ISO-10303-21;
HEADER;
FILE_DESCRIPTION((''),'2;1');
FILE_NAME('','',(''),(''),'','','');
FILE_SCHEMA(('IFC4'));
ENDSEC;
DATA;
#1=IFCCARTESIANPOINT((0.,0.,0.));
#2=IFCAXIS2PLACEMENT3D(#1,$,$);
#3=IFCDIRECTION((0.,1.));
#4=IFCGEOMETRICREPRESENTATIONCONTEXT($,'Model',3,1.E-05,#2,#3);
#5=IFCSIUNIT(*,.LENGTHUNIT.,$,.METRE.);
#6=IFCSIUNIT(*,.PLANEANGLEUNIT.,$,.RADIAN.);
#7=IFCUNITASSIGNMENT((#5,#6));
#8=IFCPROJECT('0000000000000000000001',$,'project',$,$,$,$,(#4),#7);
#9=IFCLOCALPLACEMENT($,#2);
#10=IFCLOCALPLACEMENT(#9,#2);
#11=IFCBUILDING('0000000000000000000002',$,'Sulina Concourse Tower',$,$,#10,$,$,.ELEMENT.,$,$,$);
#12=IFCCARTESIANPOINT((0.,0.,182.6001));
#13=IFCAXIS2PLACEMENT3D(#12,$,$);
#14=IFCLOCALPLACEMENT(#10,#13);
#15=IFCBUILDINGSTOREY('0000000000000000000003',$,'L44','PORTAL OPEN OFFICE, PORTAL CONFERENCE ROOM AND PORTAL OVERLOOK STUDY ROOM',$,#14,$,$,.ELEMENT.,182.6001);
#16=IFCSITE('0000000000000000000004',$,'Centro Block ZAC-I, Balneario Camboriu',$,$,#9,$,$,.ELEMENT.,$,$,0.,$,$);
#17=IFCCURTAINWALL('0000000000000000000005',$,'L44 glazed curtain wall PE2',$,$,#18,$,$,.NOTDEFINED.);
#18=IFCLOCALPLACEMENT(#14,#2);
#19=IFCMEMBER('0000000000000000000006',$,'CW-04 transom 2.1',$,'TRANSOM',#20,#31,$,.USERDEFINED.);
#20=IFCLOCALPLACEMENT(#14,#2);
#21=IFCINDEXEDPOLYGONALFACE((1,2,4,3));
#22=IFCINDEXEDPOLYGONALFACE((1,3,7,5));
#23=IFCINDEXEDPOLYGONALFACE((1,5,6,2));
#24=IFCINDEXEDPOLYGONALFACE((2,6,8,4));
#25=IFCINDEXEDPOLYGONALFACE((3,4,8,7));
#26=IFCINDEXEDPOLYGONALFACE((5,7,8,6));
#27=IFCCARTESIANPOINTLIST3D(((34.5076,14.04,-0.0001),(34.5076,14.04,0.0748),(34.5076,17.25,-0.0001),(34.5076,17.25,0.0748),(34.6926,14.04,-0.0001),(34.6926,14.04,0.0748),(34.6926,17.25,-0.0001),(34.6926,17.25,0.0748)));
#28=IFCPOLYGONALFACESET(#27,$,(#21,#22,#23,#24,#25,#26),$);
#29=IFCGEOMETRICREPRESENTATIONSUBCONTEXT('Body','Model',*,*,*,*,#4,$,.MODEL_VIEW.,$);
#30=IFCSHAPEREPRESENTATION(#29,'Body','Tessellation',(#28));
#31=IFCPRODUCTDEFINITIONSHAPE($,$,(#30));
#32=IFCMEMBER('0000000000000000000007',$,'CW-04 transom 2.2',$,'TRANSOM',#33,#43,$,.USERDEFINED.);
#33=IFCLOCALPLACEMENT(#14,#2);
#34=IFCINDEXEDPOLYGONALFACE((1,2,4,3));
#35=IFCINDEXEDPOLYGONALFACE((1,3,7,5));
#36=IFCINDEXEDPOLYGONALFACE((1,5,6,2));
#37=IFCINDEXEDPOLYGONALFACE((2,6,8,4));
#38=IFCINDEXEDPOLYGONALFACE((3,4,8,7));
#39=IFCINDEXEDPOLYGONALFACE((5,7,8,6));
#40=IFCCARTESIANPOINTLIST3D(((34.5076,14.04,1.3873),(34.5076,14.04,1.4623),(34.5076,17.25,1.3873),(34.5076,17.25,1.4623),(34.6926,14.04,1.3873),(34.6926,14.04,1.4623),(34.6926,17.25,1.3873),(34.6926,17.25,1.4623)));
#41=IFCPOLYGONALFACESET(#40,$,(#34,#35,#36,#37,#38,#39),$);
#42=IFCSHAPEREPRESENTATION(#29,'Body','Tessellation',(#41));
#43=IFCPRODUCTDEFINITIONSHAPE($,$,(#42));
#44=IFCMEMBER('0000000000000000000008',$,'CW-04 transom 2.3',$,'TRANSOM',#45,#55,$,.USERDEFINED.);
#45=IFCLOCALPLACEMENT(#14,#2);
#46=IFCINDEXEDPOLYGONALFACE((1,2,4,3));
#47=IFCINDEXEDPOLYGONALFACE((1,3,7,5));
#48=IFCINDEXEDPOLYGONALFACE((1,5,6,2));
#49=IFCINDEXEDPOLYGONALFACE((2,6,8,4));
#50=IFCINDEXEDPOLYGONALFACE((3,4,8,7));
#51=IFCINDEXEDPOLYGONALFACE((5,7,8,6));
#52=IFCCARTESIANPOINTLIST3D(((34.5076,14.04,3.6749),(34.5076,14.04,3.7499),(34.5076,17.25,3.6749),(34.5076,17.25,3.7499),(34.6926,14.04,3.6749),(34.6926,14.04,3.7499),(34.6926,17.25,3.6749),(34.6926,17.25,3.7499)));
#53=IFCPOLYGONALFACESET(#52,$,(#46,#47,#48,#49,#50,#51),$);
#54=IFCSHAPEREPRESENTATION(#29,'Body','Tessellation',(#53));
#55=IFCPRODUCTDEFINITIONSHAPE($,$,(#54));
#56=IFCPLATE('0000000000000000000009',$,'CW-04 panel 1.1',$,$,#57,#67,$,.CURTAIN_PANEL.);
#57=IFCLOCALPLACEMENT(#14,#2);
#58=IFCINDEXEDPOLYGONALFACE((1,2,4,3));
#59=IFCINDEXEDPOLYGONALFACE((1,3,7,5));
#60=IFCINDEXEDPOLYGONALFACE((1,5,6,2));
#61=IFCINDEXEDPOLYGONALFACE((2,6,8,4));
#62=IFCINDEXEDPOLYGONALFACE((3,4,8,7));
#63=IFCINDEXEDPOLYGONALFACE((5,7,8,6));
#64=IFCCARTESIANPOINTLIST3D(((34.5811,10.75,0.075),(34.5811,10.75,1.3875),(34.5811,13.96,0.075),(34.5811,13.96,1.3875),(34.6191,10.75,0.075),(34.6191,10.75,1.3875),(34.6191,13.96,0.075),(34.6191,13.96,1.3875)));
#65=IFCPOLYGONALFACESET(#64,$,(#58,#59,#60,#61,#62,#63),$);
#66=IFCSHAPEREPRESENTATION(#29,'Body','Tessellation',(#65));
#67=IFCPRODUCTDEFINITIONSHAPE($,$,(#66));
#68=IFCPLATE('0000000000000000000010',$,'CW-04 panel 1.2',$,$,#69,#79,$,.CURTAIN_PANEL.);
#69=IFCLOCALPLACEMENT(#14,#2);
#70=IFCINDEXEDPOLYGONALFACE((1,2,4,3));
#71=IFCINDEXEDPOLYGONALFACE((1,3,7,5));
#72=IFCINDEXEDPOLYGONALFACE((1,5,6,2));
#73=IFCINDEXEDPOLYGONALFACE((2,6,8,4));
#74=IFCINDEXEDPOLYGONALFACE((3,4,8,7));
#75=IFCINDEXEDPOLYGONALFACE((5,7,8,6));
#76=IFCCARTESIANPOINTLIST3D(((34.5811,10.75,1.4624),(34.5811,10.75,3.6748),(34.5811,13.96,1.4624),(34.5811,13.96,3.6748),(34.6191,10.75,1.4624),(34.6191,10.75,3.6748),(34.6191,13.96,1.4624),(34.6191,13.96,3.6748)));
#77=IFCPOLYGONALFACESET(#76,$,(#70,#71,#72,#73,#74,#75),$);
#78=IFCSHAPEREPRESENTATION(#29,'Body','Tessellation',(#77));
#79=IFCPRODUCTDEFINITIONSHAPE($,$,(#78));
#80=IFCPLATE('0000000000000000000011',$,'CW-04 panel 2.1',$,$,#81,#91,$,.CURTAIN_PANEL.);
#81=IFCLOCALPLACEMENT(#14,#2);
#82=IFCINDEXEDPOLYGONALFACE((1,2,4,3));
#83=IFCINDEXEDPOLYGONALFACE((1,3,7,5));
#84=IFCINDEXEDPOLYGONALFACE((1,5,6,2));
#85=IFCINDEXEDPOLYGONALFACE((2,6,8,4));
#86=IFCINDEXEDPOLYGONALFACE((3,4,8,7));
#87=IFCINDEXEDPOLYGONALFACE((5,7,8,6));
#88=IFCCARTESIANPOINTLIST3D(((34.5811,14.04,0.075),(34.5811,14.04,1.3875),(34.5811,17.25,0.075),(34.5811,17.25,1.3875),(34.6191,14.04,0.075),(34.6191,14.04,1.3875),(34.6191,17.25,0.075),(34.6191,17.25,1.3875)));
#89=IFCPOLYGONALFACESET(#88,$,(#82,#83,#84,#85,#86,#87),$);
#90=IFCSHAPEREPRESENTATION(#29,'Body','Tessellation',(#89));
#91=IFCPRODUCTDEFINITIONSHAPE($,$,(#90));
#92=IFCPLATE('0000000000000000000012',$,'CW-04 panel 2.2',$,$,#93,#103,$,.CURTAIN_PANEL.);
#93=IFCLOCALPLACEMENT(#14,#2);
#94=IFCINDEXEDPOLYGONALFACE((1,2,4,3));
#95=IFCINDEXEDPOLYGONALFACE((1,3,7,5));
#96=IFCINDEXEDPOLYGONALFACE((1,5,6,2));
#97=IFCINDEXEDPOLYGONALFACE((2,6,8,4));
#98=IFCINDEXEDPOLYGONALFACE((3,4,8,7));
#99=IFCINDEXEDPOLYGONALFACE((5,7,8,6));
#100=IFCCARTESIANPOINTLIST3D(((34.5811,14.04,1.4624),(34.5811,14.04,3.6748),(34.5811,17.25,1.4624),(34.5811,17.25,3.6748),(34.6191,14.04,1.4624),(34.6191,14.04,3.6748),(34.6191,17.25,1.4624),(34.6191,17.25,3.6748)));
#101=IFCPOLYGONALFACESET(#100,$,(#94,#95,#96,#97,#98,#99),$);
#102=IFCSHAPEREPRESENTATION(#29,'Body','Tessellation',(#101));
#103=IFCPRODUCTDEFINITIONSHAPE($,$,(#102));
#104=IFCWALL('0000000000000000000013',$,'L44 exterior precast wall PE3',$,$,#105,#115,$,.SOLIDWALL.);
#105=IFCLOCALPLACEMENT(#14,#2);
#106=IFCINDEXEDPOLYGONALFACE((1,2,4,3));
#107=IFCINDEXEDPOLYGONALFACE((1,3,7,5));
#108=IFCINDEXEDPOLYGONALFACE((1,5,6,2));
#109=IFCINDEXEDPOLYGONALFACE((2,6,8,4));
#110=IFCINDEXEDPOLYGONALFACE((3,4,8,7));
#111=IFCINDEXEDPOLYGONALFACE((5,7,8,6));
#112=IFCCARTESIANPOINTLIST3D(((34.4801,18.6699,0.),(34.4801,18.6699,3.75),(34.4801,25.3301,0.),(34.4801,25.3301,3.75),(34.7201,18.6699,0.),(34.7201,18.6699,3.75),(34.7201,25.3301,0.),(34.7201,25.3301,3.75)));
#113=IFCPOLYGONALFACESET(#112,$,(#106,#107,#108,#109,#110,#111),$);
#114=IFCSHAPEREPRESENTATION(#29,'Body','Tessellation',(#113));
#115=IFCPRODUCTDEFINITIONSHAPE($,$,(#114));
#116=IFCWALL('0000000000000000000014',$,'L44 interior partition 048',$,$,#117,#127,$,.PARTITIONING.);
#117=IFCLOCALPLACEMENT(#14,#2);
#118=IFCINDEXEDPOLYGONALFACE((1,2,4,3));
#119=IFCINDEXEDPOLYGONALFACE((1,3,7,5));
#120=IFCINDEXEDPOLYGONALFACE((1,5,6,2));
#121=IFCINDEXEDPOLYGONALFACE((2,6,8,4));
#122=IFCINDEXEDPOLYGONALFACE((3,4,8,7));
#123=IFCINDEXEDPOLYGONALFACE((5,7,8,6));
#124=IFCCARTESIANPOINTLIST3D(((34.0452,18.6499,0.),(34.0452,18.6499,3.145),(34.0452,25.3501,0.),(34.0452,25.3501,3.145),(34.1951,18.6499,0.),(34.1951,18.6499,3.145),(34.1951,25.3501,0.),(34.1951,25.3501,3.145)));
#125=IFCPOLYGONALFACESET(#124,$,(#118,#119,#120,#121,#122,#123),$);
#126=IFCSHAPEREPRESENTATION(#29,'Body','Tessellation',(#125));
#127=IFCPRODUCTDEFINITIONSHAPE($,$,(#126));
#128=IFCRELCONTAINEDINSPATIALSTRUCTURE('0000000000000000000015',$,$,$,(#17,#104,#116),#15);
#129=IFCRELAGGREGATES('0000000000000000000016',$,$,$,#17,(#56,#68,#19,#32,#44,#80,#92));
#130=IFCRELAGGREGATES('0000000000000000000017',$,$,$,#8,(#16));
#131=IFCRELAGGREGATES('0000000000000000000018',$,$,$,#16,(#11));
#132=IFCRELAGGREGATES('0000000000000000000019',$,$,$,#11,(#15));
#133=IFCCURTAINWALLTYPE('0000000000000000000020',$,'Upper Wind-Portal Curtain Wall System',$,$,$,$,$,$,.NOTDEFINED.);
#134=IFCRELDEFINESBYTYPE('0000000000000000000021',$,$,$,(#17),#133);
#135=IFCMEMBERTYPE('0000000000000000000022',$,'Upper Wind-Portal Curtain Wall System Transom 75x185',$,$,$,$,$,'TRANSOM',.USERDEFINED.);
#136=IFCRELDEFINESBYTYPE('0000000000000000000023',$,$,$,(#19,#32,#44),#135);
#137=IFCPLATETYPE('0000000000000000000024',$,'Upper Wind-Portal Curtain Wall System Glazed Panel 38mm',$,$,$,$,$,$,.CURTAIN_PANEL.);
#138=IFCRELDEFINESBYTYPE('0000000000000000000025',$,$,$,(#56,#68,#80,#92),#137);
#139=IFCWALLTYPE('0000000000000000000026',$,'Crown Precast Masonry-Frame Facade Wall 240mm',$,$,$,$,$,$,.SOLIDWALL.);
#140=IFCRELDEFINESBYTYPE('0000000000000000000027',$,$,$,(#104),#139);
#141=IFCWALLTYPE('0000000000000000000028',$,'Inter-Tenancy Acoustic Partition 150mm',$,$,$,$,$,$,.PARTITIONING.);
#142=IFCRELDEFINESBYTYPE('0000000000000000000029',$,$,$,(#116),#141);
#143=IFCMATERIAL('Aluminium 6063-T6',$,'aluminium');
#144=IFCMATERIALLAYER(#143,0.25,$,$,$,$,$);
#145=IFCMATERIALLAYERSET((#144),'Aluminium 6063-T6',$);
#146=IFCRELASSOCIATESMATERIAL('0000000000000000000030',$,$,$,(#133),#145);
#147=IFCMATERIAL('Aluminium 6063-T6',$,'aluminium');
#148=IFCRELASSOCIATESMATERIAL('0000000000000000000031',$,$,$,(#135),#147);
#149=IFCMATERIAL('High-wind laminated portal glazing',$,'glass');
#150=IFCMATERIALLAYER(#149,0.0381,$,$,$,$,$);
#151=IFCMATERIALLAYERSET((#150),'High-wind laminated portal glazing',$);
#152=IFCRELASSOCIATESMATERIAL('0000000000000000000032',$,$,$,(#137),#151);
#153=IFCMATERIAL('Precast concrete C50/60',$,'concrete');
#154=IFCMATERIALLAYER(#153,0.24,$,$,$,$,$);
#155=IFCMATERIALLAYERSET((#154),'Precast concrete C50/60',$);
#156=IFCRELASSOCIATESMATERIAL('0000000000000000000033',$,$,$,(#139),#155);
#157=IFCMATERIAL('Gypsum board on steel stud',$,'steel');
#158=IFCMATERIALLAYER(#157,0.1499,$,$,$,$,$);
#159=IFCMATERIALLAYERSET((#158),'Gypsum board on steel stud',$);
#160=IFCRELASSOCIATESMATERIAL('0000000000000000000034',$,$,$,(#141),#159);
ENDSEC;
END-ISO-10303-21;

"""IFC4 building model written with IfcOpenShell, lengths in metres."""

from ifc_helpers import new_model, si_unit, direction, frame, frame_2d, origin, origin_2d, place, context, subcontext, project, spatial, rectangle, extrude, material, layer, layer_set, material_profile, profile_set, type_object, element, aggregate, save


model = new_model("IFC4")

# Units and contexts
model_context = context("Model", 3, precision=1e-05, world=origin(), true_north=direction((0.0, 1.0)))
body_context = subcontext(model_context, "Body", "Model", "MODEL_VIEW")
ifc_project = project(units=[si_unit("LENGTHUNIT", "METRE"), si_unit("PLANEANGLEUNIT", "RADIAN")], contexts=[model_context])

# Site, building, storey
site_placement = place(None, origin())
site = spatial("IfcSite", under=ifc_project, at=site_placement, Name="Centro Block ZAC-I, Balneario Camboriu", CompositionType="ELEMENT", RefElevation=0.0)
building_placement = place(site_placement, origin())
building = spatial("IfcBuilding", under=site, at=building_placement, Name="Sulina Concourse Tower", CompositionType="ELEMENT")
storey_placement = place(building_placement, frame((0.0, 0.0, 182.6001)))
storey = spatial("IfcBuildingStorey", under=building, at=storey_placement, Name="L44", Description="PORTAL OPEN OFFICE, PORTAL CONFERENCE ROOM AND PORTAL OVERLOOK STUDY ROOM", CompositionType="ELEMENT", Elevation=182.6001)

# Curtain wall, members, plates
ifc_material_1 = material(Name="Aluminium 6063-T6", Category="aluminium")
ifc_layer_1 = layer(ifc_material_1, 0.25)
ifc_layer_set_1 = layer_set([ifc_layer_1], Name="Aluminium 6063-T6")
curtain_wall_type = type_object("IfcCurtainWallType", Name="Upper Wind-Portal Curtain Wall System", PredefinedType="NOTDEFINED", material=ifc_layer_set_1)
curtain_wall_placement = place(storey_placement, origin())
curtain_wall = element("IfcCurtainWall", 1, at=curtain_wall_placement, inside=storey, type_object=curtain_wall_type, Name="L44 glazed curtain wall PE2", PredefinedType="NOTDEFINED")
ifc_material_2 = material(Name="Aluminium 6063-T6", Category="aluminium")
ifc_material_profile_1 = material_profile(ifc_material_2, rectangle(XDim=0.1851, YDim=0.075, at=origin_2d()), Name="TRN 75x185")
ifc_profile_set_1 = profile_set([ifc_material_profile_1], Name="Aluminium 6063-T6")
member_type_1 = type_object("IfcMemberType", Name="Upper Wind-Portal Curtain Wall System Transom 75x185", ElementType="TRANSOM", PredefinedType="USERDEFINED", material=ifc_profile_set_1)
member_1_placement = place(storey_placement, frame((34.6001, 14.04, 0.0374), z_axis=(0.0, 1.0, 0.0), x_axis=(-1.0, 0.0, 0.0)))
member_1 = element("IfcMember", 2, at=member_1_placement, type_object=member_type_1, Name="CW-04 transom 2.1", ObjectType="TRANSOM", PredefinedType="USERDEFINED", context=body_context, shape_type="SweptSolid", body=[
    extrude(rectangle(XDim=0.1851, YDim=0.075, at=origin_2d()), origin(), (0.0, 0.0, 1.0), 3.21),
])
member_2_placement = place(storey_placement, frame((34.6001, 14.04, 1.4248), z_axis=(0.0, 1.0, 0.0), x_axis=(-1.0, 0.0, 0.0)))
member_2 = element("IfcMember", 3, at=member_2_placement, type_object=member_type_1, Name="CW-04 transom 2.2", ObjectType="TRANSOM", PredefinedType="USERDEFINED", context=body_context, shape_type="SweptSolid", body=[
    extrude(rectangle(XDim=0.1851, YDim=0.075, at=origin_2d()), origin(), (0.0, 0.0, 1.0), 3.21),
])
member_3_placement = place(storey_placement, frame((34.6001, 14.04, 3.7124), z_axis=(0.0, 1.0, 0.0), x_axis=(-1.0, 0.0, 0.0)))
member_3 = element("IfcMember", 4, at=member_3_placement, type_object=member_type_1, Name="CW-04 transom 2.3", ObjectType="TRANSOM", PredefinedType="USERDEFINED", context=body_context, shape_type="SweptSolid", body=[
    extrude(rectangle(XDim=0.1851, YDim=0.075, at=origin_2d()), origin(), (0.0, 0.0, 1.0), 3.21),
])
ifc_material_3 = material(Name="High-wind laminated portal glazing", Category="glass")
ifc_layer_2 = layer(ifc_material_3, 0.0381)
ifc_layer_set_2 = layer_set([ifc_layer_2], Name="High-wind laminated portal glazing")
plate_type = type_object("IfcPlateType", Name="Upper Wind-Portal Curtain Wall System Glazed Panel 38mm", PredefinedType="CURTAIN_PANEL", material=ifc_layer_set_2)
plate_1_placement = place(storey_placement, frame((34.6001, 12.355, 0.075), z_axis=(0.0, 0.0, 1.0), x_axis=(0.0, 1.0, 0.0)))
plate_1 = element("IfcPlate", 5, at=plate_1_placement, type_object=plate_type, Name="CW-04 panel 1.1", PredefinedType="CURTAIN_PANEL", context=body_context, shape_type="SweptSolid", body=[
    extrude(rectangle(XDim=3.21, YDim=0.0381, at=origin_2d()), origin(), (0.0, 0.0, 1.0), 1.3125),
])
plate_2_placement = place(storey_placement, frame((34.6001, 12.355, 1.4624), z_axis=(0.0, 0.0, 1.0), x_axis=(0.0, 1.0, 0.0)))
plate_2 = element("IfcPlate", 6, at=plate_2_placement, type_object=plate_type, Name="CW-04 panel 1.2", PredefinedType="CURTAIN_PANEL", context=body_context, shape_type="SweptSolid", body=[
    extrude(rectangle(XDim=3.21, YDim=0.0381, at=origin_2d()), origin(), (0.0, 0.0, 1.0), 2.2124),
])
plate_3_placement = place(storey_placement, frame((34.6001, 15.645, 0.075), z_axis=(0.0, 0.0, 1.0), x_axis=(0.0, 1.0, 0.0)))
plate_3 = element("IfcPlate", 7, at=plate_3_placement, type_object=plate_type, Name="CW-04 panel 2.1", PredefinedType="CURTAIN_PANEL", context=body_context, shape_type="SweptSolid", body=[
    extrude(rectangle(XDim=3.21, YDim=0.0381, at=origin_2d()), origin(), (0.0, 0.0, 1.0), 1.3125),
])
plate_4_placement = place(storey_placement, frame((34.6001, 15.645, 1.4624), z_axis=(0.0, 0.0, 1.0), x_axis=(0.0, 1.0, 0.0)))
plate_4 = element("IfcPlate", 8, at=plate_4_placement, type_object=plate_type, Name="CW-04 panel 2.2", PredefinedType="CURTAIN_PANEL", context=body_context, shape_type="SweptSolid", body=[
    extrude(rectangle(XDim=3.21, YDim=0.0381, at=origin_2d()), origin(), (0.0, 0.0, 1.0), 2.2124),
])
aggregate(curtain_wall, [plate_1, plate_2, member_1, member_2, member_3, plate_3, plate_4])

# Walls
ifc_material_4 = material(Name="Precast concrete C50/60", Category="concrete")
ifc_layer_3 = layer(ifc_material_4, 0.24)
ifc_layer_set_3 = layer_set([ifc_layer_3], Name="Precast concrete C50/60")
wall_type_1 = type_object("IfcWallType", Name="Crown Precast Masonry-Frame Facade Wall 240mm", PredefinedType="SOLIDWALL", material=ifc_layer_set_3)
wall_1_placement = place(storey_placement, frame((34.6001, 18.6699, 0.0), z_axis=(0.0, 0.0, 1.0), x_axis=(0.0, 1.0, 0.0)))
element("IfcWall", 9, at=wall_1_placement, inside=storey, type_object=wall_type_1, Name="L44 exterior precast wall PE3", PredefinedType="SOLIDWALL", context=body_context, shape_type="SweptSolid", body=[
    extrude(rectangle(XDim=6.6602, YDim=0.24, at=frame_2d((3.3301, 0.0))), origin(), (0.0, 0.0, 1.0), 3.75),
])
ifc_material_5 = material(Name="Gypsum board on steel stud", Category="steel")
ifc_layer_4 = layer(ifc_material_5, 0.1499)
ifc_layer_set_4 = layer_set([ifc_layer_4], Name="Gypsum board on steel stud")
wall_type_2 = type_object("IfcWallType", Name="Inter-Tenancy Acoustic Partition 150mm", PredefinedType="PARTITIONING", material=ifc_layer_set_4)
wall_2_placement = place(storey_placement, frame((34.1201, 18.6499, 0.0), z_axis=(0.0, 0.0, 1.0), x_axis=(0.0, 1.0, 0.0)))
element("IfcWall", 10, at=wall_2_placement, inside=storey, type_object=wall_type_2, Name="L44 interior partition 048", PredefinedType="PARTITIONING", context=body_context, shape_type="SweptSolid", body=[
    extrude(rectangle(XDim=6.7002, YDim=0.1499, at=frame_2d((3.3501, 0.0))), origin(), (0.0, 0.0, 1.0), 3.145),
])

save(model, "model.ifc")
